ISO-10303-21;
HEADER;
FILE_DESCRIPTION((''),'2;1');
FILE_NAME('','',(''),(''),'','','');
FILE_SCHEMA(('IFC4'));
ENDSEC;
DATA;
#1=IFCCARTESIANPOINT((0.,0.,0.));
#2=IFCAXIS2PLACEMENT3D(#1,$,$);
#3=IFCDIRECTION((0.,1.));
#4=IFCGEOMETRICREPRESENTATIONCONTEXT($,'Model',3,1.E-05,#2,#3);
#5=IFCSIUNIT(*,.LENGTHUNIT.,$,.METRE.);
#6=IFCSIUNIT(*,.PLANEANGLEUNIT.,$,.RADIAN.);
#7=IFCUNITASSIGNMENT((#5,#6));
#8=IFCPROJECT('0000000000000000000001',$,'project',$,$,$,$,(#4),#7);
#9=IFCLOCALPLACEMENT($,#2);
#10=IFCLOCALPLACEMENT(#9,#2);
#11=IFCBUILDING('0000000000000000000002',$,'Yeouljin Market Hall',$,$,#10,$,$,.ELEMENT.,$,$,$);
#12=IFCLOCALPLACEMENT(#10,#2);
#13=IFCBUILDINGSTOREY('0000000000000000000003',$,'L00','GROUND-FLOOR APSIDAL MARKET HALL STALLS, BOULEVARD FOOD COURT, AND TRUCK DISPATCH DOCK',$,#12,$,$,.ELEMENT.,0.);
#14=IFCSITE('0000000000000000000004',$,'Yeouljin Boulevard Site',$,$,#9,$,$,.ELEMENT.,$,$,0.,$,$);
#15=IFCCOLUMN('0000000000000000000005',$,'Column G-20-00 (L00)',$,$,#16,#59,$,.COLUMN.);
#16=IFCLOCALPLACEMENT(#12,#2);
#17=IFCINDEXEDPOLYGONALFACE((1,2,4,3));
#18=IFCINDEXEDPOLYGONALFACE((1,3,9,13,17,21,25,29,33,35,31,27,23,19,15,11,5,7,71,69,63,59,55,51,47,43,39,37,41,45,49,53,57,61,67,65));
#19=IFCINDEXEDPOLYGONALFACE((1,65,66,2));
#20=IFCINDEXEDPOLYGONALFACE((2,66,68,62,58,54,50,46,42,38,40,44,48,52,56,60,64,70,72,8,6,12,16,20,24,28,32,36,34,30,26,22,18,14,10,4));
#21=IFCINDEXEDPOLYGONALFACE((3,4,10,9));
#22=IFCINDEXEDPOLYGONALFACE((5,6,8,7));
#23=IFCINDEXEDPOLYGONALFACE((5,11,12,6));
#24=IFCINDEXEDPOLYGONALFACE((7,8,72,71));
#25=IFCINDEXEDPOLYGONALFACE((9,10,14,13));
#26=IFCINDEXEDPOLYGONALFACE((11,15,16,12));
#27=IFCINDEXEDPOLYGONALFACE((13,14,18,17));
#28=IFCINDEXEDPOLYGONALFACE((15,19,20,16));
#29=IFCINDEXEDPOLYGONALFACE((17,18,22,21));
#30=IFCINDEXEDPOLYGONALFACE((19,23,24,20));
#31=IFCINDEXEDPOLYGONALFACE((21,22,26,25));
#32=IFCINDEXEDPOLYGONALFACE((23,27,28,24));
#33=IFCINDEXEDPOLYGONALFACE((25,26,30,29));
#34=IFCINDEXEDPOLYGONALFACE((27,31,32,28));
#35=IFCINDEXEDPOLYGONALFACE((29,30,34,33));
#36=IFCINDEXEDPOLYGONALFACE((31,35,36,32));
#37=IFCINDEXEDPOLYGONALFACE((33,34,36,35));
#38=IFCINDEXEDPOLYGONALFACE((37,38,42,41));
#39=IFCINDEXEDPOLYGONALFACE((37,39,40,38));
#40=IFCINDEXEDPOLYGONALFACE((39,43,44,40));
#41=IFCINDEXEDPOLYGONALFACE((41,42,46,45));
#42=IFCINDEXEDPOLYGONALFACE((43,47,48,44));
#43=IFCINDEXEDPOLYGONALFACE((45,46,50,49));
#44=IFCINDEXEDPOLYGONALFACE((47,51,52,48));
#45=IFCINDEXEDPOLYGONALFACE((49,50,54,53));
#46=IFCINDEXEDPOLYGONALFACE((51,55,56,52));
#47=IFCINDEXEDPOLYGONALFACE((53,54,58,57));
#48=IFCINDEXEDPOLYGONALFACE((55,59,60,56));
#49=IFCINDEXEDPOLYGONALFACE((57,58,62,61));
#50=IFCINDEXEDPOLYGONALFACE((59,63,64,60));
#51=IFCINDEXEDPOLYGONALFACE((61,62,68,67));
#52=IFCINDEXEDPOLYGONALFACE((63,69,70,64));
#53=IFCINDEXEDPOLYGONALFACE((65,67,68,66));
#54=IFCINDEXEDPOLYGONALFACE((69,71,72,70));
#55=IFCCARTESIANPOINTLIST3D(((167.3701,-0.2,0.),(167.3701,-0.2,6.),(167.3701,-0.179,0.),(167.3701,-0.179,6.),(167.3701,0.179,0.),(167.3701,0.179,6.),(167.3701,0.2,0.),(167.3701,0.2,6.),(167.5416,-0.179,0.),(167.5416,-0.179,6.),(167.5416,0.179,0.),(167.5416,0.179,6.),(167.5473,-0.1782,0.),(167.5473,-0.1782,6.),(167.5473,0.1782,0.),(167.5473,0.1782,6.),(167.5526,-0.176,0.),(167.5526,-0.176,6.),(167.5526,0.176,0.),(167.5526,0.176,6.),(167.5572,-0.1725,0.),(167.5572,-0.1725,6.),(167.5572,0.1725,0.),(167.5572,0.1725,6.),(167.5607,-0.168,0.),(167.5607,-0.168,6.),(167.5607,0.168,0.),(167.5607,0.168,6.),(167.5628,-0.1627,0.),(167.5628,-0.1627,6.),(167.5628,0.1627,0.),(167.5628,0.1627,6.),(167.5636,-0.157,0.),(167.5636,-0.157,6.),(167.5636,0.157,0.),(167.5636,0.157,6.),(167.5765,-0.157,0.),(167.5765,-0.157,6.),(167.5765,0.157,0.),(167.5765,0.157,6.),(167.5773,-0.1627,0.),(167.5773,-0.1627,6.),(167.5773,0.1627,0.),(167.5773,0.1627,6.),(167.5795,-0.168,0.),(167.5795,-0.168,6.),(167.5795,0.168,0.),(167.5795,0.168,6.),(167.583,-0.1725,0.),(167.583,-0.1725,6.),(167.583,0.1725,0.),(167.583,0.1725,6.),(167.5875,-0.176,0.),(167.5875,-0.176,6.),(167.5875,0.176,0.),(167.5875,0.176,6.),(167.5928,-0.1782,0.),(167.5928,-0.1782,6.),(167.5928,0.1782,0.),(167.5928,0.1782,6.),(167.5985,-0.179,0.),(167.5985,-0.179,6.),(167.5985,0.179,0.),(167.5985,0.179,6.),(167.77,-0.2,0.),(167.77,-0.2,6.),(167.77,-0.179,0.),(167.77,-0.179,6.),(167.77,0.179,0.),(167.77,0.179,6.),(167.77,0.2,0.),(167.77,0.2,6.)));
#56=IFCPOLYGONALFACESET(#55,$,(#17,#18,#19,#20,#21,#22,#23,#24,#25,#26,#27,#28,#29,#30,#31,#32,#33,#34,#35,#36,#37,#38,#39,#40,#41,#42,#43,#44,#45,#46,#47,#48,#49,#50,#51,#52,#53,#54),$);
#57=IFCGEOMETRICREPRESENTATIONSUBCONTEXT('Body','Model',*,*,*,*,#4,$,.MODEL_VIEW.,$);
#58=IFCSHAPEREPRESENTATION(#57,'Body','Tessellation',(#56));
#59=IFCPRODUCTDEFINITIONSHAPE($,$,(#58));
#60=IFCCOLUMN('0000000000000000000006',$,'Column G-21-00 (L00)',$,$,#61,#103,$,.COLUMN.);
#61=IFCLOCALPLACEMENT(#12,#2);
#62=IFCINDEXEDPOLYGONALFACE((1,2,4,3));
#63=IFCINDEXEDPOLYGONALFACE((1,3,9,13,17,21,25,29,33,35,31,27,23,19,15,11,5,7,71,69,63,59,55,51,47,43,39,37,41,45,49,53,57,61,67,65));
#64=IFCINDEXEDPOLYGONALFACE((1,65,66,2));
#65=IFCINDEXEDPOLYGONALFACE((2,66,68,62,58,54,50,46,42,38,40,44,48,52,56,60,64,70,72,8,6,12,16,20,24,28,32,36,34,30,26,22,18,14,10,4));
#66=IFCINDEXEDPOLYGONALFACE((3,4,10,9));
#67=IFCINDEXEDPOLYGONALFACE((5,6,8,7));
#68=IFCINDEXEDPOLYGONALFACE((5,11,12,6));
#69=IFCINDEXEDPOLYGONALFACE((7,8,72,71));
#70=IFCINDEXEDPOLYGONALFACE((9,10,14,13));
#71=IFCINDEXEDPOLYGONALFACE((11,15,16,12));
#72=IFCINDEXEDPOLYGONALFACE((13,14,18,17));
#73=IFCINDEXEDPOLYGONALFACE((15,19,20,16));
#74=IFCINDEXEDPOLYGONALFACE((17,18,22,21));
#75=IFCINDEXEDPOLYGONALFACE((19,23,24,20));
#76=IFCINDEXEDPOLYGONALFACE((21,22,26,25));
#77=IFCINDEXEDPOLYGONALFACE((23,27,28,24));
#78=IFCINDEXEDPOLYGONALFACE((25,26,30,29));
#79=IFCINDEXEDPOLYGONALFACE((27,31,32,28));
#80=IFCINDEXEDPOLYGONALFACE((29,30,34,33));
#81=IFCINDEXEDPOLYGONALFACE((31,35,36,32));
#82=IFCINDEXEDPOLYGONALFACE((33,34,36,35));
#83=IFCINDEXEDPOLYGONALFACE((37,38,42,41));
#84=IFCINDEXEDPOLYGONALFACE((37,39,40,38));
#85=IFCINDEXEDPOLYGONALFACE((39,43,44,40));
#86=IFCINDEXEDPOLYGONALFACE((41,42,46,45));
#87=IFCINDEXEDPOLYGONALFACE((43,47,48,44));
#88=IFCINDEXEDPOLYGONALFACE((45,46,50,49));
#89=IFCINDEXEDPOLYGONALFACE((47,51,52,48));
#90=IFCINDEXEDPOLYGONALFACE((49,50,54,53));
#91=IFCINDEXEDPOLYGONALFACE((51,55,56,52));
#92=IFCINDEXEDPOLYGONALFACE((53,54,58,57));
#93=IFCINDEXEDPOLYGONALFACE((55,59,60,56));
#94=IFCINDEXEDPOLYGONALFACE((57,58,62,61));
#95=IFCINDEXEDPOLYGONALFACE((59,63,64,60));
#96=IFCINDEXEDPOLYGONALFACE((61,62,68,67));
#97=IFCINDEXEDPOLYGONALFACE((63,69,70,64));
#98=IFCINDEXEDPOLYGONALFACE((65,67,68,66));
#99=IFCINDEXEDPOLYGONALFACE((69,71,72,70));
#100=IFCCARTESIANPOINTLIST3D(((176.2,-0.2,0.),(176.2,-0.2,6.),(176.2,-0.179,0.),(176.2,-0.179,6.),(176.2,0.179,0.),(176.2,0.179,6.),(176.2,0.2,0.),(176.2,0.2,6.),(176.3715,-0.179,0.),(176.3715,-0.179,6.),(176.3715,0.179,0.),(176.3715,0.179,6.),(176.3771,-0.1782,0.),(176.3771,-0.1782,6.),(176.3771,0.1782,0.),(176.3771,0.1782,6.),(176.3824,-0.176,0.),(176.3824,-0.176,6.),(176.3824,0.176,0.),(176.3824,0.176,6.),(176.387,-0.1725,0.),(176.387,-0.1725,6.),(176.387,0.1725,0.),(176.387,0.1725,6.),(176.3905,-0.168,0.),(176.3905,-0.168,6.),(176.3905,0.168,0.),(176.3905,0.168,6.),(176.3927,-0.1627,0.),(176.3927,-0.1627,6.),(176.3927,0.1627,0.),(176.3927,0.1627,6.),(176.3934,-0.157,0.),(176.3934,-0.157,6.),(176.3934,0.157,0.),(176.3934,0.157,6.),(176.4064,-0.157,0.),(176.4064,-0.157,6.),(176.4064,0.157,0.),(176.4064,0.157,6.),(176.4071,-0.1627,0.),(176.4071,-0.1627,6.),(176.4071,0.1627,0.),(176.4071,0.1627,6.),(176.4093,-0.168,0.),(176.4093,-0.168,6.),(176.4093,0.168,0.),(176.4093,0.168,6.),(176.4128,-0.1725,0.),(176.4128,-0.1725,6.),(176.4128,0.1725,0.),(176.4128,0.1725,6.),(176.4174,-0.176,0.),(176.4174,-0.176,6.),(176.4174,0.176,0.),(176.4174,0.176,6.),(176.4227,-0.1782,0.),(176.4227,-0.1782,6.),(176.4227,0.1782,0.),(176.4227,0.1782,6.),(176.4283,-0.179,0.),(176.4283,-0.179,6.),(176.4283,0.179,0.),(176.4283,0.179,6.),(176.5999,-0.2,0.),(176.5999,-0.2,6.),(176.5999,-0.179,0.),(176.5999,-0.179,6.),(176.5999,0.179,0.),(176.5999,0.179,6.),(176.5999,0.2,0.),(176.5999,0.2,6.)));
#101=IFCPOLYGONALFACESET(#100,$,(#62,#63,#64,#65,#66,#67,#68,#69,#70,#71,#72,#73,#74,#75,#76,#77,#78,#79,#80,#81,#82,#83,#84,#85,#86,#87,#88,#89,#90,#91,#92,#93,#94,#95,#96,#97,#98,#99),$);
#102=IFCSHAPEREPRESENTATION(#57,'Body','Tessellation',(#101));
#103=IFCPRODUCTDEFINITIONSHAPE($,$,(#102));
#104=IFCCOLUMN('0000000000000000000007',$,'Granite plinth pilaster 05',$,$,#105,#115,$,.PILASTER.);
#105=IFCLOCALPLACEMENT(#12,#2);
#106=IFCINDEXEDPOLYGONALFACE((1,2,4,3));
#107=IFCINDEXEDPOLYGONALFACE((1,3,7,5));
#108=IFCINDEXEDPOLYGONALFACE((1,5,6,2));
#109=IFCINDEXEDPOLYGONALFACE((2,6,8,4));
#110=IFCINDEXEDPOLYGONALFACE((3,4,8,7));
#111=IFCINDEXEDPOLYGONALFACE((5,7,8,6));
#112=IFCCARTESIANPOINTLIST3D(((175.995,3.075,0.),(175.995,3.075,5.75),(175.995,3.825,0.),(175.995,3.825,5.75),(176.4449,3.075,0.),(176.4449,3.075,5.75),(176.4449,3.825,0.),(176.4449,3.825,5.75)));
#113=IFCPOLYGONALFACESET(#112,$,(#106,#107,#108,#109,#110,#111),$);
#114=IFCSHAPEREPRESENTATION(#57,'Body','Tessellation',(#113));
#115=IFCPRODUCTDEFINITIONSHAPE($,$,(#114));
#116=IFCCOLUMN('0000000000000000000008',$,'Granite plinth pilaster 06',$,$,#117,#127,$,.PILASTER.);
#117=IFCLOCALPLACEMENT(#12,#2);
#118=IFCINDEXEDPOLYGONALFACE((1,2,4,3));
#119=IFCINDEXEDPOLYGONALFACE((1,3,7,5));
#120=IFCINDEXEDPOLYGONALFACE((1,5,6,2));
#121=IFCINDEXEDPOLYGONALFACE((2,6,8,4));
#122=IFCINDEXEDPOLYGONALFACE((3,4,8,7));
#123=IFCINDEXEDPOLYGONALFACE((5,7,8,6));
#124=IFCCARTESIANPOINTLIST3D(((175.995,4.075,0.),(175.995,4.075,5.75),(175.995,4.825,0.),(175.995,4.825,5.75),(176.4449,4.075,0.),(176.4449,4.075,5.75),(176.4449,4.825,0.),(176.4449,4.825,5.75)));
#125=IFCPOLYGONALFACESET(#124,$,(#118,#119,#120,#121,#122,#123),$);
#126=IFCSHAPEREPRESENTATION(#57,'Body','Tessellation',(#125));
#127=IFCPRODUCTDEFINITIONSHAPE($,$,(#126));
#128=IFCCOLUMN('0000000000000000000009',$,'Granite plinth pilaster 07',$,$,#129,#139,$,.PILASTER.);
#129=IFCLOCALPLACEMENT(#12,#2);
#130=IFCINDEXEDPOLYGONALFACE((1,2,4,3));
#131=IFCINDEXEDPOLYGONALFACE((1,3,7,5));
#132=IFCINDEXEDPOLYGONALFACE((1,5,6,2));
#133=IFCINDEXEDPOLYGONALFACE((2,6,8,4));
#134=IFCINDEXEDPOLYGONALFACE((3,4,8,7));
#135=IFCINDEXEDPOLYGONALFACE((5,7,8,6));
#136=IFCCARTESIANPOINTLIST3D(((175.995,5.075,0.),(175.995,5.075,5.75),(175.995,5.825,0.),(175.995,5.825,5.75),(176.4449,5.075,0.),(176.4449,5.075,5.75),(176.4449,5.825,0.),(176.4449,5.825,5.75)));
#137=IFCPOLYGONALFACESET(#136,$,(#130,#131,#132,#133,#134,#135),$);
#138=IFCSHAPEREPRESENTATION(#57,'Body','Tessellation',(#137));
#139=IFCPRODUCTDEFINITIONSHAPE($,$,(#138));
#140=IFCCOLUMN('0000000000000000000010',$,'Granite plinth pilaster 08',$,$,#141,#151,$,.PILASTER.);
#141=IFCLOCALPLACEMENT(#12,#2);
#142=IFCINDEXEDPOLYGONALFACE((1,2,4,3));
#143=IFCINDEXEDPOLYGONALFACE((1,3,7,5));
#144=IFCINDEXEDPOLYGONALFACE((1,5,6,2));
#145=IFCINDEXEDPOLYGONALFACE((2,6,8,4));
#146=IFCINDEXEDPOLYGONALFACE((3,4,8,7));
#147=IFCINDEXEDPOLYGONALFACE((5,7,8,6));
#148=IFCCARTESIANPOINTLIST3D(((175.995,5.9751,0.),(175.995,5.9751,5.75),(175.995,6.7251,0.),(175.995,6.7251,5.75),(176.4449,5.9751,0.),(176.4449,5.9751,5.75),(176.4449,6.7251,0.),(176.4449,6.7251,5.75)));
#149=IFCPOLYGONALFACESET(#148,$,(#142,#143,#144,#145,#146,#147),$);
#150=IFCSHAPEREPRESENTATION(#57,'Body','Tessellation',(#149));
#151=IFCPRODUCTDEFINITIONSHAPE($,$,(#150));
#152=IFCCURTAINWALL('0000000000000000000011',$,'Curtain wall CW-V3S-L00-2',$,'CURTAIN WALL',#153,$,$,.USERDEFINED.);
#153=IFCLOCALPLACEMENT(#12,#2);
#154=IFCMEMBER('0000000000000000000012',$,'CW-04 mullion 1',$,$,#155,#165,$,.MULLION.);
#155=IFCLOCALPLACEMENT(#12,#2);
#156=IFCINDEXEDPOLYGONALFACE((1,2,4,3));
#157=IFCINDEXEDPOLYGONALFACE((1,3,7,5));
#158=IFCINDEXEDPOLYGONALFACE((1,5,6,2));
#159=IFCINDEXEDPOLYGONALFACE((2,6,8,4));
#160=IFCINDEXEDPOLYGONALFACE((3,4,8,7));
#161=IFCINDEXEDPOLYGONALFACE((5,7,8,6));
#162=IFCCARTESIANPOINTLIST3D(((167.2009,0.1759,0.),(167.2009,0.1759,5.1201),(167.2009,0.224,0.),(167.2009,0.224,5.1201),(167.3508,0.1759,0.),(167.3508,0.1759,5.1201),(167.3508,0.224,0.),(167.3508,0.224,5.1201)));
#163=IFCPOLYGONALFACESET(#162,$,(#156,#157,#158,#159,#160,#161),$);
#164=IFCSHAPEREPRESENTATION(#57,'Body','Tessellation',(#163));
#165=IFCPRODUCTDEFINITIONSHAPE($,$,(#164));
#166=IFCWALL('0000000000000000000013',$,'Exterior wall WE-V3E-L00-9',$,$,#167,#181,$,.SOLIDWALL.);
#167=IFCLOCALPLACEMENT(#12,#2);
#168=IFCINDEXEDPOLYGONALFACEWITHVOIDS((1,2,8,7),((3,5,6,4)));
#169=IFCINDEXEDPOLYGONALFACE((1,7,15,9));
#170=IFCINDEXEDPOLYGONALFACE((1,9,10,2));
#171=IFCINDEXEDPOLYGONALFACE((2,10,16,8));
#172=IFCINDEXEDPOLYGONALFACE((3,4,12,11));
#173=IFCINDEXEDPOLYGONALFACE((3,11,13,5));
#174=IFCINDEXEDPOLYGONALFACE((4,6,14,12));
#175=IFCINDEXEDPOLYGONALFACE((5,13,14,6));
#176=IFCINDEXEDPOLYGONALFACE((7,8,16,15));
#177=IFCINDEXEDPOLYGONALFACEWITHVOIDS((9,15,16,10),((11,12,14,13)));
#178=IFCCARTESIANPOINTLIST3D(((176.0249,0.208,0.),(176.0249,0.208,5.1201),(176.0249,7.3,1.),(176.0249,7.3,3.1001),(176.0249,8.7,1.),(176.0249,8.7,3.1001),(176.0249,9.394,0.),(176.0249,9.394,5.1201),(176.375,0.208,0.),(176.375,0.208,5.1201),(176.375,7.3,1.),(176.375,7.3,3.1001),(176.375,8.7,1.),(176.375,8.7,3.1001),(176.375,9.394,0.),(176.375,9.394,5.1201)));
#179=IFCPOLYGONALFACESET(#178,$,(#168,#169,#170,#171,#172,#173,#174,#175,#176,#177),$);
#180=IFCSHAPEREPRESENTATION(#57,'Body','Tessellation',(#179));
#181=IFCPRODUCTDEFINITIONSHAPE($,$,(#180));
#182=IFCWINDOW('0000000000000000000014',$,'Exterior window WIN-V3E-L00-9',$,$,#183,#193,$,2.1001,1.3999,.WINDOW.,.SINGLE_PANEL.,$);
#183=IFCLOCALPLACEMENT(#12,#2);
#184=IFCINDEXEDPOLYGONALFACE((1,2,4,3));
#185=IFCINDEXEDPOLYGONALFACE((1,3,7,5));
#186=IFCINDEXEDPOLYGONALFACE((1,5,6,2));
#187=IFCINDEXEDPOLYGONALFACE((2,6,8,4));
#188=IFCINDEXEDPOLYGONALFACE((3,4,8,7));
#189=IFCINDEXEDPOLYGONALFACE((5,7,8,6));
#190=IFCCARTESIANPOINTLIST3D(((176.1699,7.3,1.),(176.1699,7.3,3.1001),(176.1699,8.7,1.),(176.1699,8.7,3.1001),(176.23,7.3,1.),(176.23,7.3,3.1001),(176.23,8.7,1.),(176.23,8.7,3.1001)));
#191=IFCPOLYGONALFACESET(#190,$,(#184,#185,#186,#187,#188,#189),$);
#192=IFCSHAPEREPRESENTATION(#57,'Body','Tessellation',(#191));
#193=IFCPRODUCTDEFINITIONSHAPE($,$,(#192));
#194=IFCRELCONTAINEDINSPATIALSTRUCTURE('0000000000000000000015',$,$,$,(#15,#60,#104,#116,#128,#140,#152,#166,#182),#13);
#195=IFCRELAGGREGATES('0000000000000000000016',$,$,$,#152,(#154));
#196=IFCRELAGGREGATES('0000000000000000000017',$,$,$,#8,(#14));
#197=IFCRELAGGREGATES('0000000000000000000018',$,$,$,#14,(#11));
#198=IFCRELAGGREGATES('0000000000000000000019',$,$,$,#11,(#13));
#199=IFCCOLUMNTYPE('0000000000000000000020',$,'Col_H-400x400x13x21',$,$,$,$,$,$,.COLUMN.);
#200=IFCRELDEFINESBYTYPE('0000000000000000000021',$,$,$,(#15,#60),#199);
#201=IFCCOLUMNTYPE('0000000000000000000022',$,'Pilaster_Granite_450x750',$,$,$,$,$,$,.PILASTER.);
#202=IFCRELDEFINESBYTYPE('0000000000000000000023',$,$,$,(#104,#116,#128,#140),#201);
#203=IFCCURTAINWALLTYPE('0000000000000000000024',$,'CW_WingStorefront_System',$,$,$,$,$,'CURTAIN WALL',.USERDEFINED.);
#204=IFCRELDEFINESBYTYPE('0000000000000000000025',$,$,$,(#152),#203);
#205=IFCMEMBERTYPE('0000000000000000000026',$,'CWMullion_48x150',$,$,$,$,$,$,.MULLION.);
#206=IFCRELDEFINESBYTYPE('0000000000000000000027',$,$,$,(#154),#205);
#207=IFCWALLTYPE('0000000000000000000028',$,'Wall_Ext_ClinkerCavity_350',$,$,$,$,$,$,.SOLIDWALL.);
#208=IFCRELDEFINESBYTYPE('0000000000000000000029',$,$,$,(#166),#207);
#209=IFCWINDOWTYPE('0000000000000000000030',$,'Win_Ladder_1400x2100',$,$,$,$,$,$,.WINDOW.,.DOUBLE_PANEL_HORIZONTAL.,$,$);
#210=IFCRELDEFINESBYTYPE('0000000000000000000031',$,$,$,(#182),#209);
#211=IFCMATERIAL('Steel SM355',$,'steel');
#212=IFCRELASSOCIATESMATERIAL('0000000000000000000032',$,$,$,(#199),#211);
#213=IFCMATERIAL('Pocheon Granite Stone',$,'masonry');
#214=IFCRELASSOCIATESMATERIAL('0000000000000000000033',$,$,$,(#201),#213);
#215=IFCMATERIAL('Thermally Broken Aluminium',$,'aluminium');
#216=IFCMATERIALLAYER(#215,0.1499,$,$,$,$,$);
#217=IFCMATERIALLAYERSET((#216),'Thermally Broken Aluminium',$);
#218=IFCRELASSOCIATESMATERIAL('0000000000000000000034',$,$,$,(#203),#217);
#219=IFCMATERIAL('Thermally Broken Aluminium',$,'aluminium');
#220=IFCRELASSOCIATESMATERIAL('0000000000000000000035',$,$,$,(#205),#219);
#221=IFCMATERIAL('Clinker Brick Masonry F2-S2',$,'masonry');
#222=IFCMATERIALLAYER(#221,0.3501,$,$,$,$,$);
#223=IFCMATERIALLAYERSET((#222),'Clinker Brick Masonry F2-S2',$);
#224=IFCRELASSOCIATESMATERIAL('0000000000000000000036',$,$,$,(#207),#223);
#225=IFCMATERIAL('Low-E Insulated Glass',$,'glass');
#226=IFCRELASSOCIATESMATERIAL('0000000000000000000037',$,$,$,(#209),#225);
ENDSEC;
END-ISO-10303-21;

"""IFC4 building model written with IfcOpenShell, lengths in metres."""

from ifc_helpers import new_model, si_unit, direction, frame, frame_2d, origin, origin_2d, place, context, subcontext, project, spatial, rectangle, i_section, extrude, material, layer, layer_set, material_profile, profile_set, type_object, element, fill, aggregate, save


model = new_model("IFC4")

# Units and contexts
model_context = context("Model", 3, precision=1e-05, world=origin(), true_north=direction((0.0, 1.0)))
body_context = subcontext(model_context, "Body", "Model", "MODEL_VIEW")
ifc_project = project(units=[si_unit("LENGTHUNIT", "METRE"), si_unit("PLANEANGLEUNIT", "RADIAN")], contexts=[model_context])

# Site, building, storey
site_placement = place(None, origin())
site = spatial("IfcSite", under=ifc_project, at=site_placement, Name="Yeouljin Boulevard Site", CompositionType="ELEMENT", RefElevation=0.0)
building_placement = place(site_placement, origin())
building = spatial("IfcBuilding", under=site, at=building_placement, Name="Yeouljin Market Hall", CompositionType="ELEMENT")
storey_placement = place(building_placement, origin())
storey = spatial("IfcBuildingStorey", under=building, at=storey_placement, Name="L00", Description="GROUND-FLOOR APSIDAL MARKET HALL STALLS, BOULEVARD FOOD COURT, AND TRUCK DISPATCH DOCK", CompositionType="ELEMENT", Elevation=0.0)

# Columns
ifc_material_1 = material(Name="Steel SM355", Category="steel")
ifc_material_profile_1 = material_profile(ifc_material_1, i_section(OverallWidth=0.3999, OverallDepth=0.3999, WebThickness=0.0129, FlangeThickness=0.021, FilletRadius=0.022, at=origin_2d()), Name="H-400x400x13x21")
ifc_profile_set_1 = profile_set([ifc_material_profile_1], Name="Steel SM355")
column_type_1 = type_object("IfcColumnType", Name="Col_H-400x400x13x21", PredefinedType="COLUMN", material=ifc_profile_set_1)
for number, where, z_axis, x_axis, name in (
    (1, (167.5701, 0.0, 0.0), (0.0, 0.0, 1.0), (1.0, 0.0, 0.0), "Column G-20-00 (L00)"),
    (2, (176.3999, 0.0, 0.0), (0.0, 0.0, 1.0), (1.0, 0.0, 0.0), "Column G-21-00 (L00)"),
):
    element("IfcColumn", number, at=place(storey_placement, frame(where, z_axis=z_axis, x_axis=x_axis)), inside=storey, type_object=column_type_1, Name=name, PredefinedType="COLUMN", context=body_context, shape_type="SweptSolid", body=[
        extrude(i_section(OverallWidth=0.3999, OverallDepth=0.3999, WebThickness=0.0129, FlangeThickness=0.021, FilletRadius=0.022, at=origin_2d()), origin(), (0.0, 0.0, 1.0), 6.0),
    ])
ifc_material_2 = material(Name="Pocheon Granite Stone", Category="masonry")
ifc_material_profile_2 = material_profile(ifc_material_2, rectangle(XDim=0.45, YDim=0.75, at=origin_2d()), Name="PIL-450x750")
ifc_profile_set_2 = profile_set([ifc_material_profile_2], Name="Pocheon Granite Stone")
column_type_2 = type_object("IfcColumnType", Name="Pilaster_Granite_450x750", PredefinedType="PILASTER", material=ifc_profile_set_2)
for number, where, z_axis, x_axis, name in (
    (3, (176.22, 3.45, 0.0), (0.0, 0.0, 1.0), (1.0, 0.0, 0.0), "Granite plinth pilaster 05"),
    (4, (176.22, 4.45, 0.0), (0.0, 0.0, 1.0), (1.0, 0.0, 0.0), "Granite plinth pilaster 06"),
    (5, (176.22, 5.45, 0.0), (0.0, 0.0, 1.0), (1.0, 0.0, 0.0), "Granite plinth pilaster 07"),
    (6, (176.22, 6.3501, 0.0), (0.0, 0.0, 1.0), (1.0, 0.0, 0.0), "Granite plinth pilaster 08"),
):
    element("IfcColumn", number, at=place(storey_placement, frame(where, z_axis=z_axis, x_axis=x_axis)), inside=storey, type_object=column_type_2, Name=name, PredefinedType="PILASTER", context=body_context, shape_type="SweptSolid", body=[
        extrude(rectangle(XDim=0.45, YDim=0.75, at=origin_2d()), origin(), (0.0, 0.0, 1.0), 5.75),
    ])

# Curtain wall, member
ifc_material_3 = material(Name="Thermally Broken Aluminium", Category="aluminium")
ifc_layer_1 = layer(ifc_material_3, 0.1499)
ifc_layer_set_1 = layer_set([ifc_layer_1], Name="Thermally Broken Aluminium")
curtain_wall_type = type_object("IfcCurtainWallType", Name="CW_WingStorefront_System", ElementType="CURTAIN WALL", PredefinedType="USERDEFINED", material=ifc_layer_set_1)
curtain_wall_placement = place(storey_placement, origin())
curtain_wall = element("IfcCurtainWall", 7, at=curtain_wall_placement, inside=storey, type_object=curtain_wall_type, Name="Curtain wall CW-V3S-L00-2", ObjectType="CURTAIN WALL", PredefinedType="USERDEFINED")
ifc_material_4 = material(Name="Thermally Broken Aluminium", Category="aluminium")
ifc_material_profile_3 = material_profile(ifc_material_4, rectangle(XDim=0.0481, YDim=0.1499, at=origin_2d()), Name="CW-MULL-48x150")
ifc_profile_set_3 = profile_set([ifc_material_profile_3], Name="Thermally Broken Aluminium")
member_type = type_object("IfcMemberType", Name="CWMullion_48x150", PredefinedType="MULLION", material=ifc_profile_set_3)
member_placement = place(storey_placement, frame((167.2759, 0.2, 0.0), z_axis=(0.0, 0.0, 1.0), x_axis=(0.0, -1.0, 0.0)))
member = element("IfcMember", 8, at=member_placement, type_object=member_type, Name="CW-04 mullion 1", PredefinedType="MULLION", context=body_context, shape_type="SweptSolid", body=[
    extrude(rectangle(XDim=0.0481, YDim=0.1499, at=origin_2d()), origin(), (0.0, 0.0, 1.0), 5.1201),
])
aggregate(curtain_wall, [member])

# Wall, opening, window
ifc_material_5 = material(Name="Clinker Brick Masonry F2-S2", Category="masonry")
ifc_layer_2 = layer(ifc_material_5, 0.3501)
ifc_layer_set_2 = layer_set([ifc_layer_2], Name="Clinker Brick Masonry F2-S2")
wall_type_1 = type_object("IfcWallType", Name="Wall_Ext_ClinkerCavity_350", PredefinedType="SOLIDWALL", material=ifc_layer_set_2)
wall_1_placement = place(storey_placement, frame((176.2, 9.394, 0.0), z_axis=(0.0, 0.0, 1.0), x_axis=(0.0, -1.0, 0.0)))
wall_1 = element("IfcWall", 9, at=wall_1_placement, inside=storey, type_object=wall_type_1, Name="Exterior wall WE-V3E-L00-9", PredefinedType="SOLIDWALL", context=body_context, shape_type="SweptSolid", body=[
    extrude(rectangle(XDim=9.186, YDim=0.3501, at=frame_2d((4.593, 0.0))), origin(), (0.0, 0.0, 1.0), 5.1201),
])
opening_1_placement = place(wall_1_placement, frame((0.6941, 0.0, 1.0)))
opening_1 = element("IfcOpeningElement", 10, at=opening_1_placement, cuts=wall_1, PredefinedType="OPENING", context=body_context, shape_type="SweptSolid", body=[
    extrude(rectangle(XDim=1.3999, YDim=2.1001, at=frame_2d((0.7, 1.05))), frame((0.0, 0.1851, 0.0), z_axis=(0.0, -1.0, 0.0), x_axis=(1.0, 0.0, 0.0)), (0.0, 0.0, 1.0), 0.3701),
])
ifc_material_6 = material(Name="Low-E Insulated Glass", Category="glass")
window_type_1 = type_object("IfcWindowType", Name="Win_Ladder_1400x2100", PartitioningType="DOUBLE_PANEL_HORIZONTAL", PredefinedType="WINDOW", material=ifc_material_6)
window_1_placement = place(opening_1_placement, origin())
window_1 = element("IfcWindow", 11, at=window_1_placement, inside=storey, type_object=window_type_1, Name="Exterior window WIN-V3E-L00-9", OverallHeight=2.1001, OverallWidth=1.3999, PartitioningType="SINGLE_PANEL", PredefinedType="WINDOW", context=body_context, shape_type="SweptSolid", body=[
    extrude(rectangle(XDim=1.3999, YDim=2.1001, at=frame_2d((0.7, 1.05))), frame((0.0, 0.03, 0.0), z_axis=(0.0, -1.0, 0.0), x_axis=(1.0, 0.0, 0.0)), (0.0, 0.0, 1.0), 0.0601),
])
fill(opening_1, window_1)

save(model, "model.ifc")
